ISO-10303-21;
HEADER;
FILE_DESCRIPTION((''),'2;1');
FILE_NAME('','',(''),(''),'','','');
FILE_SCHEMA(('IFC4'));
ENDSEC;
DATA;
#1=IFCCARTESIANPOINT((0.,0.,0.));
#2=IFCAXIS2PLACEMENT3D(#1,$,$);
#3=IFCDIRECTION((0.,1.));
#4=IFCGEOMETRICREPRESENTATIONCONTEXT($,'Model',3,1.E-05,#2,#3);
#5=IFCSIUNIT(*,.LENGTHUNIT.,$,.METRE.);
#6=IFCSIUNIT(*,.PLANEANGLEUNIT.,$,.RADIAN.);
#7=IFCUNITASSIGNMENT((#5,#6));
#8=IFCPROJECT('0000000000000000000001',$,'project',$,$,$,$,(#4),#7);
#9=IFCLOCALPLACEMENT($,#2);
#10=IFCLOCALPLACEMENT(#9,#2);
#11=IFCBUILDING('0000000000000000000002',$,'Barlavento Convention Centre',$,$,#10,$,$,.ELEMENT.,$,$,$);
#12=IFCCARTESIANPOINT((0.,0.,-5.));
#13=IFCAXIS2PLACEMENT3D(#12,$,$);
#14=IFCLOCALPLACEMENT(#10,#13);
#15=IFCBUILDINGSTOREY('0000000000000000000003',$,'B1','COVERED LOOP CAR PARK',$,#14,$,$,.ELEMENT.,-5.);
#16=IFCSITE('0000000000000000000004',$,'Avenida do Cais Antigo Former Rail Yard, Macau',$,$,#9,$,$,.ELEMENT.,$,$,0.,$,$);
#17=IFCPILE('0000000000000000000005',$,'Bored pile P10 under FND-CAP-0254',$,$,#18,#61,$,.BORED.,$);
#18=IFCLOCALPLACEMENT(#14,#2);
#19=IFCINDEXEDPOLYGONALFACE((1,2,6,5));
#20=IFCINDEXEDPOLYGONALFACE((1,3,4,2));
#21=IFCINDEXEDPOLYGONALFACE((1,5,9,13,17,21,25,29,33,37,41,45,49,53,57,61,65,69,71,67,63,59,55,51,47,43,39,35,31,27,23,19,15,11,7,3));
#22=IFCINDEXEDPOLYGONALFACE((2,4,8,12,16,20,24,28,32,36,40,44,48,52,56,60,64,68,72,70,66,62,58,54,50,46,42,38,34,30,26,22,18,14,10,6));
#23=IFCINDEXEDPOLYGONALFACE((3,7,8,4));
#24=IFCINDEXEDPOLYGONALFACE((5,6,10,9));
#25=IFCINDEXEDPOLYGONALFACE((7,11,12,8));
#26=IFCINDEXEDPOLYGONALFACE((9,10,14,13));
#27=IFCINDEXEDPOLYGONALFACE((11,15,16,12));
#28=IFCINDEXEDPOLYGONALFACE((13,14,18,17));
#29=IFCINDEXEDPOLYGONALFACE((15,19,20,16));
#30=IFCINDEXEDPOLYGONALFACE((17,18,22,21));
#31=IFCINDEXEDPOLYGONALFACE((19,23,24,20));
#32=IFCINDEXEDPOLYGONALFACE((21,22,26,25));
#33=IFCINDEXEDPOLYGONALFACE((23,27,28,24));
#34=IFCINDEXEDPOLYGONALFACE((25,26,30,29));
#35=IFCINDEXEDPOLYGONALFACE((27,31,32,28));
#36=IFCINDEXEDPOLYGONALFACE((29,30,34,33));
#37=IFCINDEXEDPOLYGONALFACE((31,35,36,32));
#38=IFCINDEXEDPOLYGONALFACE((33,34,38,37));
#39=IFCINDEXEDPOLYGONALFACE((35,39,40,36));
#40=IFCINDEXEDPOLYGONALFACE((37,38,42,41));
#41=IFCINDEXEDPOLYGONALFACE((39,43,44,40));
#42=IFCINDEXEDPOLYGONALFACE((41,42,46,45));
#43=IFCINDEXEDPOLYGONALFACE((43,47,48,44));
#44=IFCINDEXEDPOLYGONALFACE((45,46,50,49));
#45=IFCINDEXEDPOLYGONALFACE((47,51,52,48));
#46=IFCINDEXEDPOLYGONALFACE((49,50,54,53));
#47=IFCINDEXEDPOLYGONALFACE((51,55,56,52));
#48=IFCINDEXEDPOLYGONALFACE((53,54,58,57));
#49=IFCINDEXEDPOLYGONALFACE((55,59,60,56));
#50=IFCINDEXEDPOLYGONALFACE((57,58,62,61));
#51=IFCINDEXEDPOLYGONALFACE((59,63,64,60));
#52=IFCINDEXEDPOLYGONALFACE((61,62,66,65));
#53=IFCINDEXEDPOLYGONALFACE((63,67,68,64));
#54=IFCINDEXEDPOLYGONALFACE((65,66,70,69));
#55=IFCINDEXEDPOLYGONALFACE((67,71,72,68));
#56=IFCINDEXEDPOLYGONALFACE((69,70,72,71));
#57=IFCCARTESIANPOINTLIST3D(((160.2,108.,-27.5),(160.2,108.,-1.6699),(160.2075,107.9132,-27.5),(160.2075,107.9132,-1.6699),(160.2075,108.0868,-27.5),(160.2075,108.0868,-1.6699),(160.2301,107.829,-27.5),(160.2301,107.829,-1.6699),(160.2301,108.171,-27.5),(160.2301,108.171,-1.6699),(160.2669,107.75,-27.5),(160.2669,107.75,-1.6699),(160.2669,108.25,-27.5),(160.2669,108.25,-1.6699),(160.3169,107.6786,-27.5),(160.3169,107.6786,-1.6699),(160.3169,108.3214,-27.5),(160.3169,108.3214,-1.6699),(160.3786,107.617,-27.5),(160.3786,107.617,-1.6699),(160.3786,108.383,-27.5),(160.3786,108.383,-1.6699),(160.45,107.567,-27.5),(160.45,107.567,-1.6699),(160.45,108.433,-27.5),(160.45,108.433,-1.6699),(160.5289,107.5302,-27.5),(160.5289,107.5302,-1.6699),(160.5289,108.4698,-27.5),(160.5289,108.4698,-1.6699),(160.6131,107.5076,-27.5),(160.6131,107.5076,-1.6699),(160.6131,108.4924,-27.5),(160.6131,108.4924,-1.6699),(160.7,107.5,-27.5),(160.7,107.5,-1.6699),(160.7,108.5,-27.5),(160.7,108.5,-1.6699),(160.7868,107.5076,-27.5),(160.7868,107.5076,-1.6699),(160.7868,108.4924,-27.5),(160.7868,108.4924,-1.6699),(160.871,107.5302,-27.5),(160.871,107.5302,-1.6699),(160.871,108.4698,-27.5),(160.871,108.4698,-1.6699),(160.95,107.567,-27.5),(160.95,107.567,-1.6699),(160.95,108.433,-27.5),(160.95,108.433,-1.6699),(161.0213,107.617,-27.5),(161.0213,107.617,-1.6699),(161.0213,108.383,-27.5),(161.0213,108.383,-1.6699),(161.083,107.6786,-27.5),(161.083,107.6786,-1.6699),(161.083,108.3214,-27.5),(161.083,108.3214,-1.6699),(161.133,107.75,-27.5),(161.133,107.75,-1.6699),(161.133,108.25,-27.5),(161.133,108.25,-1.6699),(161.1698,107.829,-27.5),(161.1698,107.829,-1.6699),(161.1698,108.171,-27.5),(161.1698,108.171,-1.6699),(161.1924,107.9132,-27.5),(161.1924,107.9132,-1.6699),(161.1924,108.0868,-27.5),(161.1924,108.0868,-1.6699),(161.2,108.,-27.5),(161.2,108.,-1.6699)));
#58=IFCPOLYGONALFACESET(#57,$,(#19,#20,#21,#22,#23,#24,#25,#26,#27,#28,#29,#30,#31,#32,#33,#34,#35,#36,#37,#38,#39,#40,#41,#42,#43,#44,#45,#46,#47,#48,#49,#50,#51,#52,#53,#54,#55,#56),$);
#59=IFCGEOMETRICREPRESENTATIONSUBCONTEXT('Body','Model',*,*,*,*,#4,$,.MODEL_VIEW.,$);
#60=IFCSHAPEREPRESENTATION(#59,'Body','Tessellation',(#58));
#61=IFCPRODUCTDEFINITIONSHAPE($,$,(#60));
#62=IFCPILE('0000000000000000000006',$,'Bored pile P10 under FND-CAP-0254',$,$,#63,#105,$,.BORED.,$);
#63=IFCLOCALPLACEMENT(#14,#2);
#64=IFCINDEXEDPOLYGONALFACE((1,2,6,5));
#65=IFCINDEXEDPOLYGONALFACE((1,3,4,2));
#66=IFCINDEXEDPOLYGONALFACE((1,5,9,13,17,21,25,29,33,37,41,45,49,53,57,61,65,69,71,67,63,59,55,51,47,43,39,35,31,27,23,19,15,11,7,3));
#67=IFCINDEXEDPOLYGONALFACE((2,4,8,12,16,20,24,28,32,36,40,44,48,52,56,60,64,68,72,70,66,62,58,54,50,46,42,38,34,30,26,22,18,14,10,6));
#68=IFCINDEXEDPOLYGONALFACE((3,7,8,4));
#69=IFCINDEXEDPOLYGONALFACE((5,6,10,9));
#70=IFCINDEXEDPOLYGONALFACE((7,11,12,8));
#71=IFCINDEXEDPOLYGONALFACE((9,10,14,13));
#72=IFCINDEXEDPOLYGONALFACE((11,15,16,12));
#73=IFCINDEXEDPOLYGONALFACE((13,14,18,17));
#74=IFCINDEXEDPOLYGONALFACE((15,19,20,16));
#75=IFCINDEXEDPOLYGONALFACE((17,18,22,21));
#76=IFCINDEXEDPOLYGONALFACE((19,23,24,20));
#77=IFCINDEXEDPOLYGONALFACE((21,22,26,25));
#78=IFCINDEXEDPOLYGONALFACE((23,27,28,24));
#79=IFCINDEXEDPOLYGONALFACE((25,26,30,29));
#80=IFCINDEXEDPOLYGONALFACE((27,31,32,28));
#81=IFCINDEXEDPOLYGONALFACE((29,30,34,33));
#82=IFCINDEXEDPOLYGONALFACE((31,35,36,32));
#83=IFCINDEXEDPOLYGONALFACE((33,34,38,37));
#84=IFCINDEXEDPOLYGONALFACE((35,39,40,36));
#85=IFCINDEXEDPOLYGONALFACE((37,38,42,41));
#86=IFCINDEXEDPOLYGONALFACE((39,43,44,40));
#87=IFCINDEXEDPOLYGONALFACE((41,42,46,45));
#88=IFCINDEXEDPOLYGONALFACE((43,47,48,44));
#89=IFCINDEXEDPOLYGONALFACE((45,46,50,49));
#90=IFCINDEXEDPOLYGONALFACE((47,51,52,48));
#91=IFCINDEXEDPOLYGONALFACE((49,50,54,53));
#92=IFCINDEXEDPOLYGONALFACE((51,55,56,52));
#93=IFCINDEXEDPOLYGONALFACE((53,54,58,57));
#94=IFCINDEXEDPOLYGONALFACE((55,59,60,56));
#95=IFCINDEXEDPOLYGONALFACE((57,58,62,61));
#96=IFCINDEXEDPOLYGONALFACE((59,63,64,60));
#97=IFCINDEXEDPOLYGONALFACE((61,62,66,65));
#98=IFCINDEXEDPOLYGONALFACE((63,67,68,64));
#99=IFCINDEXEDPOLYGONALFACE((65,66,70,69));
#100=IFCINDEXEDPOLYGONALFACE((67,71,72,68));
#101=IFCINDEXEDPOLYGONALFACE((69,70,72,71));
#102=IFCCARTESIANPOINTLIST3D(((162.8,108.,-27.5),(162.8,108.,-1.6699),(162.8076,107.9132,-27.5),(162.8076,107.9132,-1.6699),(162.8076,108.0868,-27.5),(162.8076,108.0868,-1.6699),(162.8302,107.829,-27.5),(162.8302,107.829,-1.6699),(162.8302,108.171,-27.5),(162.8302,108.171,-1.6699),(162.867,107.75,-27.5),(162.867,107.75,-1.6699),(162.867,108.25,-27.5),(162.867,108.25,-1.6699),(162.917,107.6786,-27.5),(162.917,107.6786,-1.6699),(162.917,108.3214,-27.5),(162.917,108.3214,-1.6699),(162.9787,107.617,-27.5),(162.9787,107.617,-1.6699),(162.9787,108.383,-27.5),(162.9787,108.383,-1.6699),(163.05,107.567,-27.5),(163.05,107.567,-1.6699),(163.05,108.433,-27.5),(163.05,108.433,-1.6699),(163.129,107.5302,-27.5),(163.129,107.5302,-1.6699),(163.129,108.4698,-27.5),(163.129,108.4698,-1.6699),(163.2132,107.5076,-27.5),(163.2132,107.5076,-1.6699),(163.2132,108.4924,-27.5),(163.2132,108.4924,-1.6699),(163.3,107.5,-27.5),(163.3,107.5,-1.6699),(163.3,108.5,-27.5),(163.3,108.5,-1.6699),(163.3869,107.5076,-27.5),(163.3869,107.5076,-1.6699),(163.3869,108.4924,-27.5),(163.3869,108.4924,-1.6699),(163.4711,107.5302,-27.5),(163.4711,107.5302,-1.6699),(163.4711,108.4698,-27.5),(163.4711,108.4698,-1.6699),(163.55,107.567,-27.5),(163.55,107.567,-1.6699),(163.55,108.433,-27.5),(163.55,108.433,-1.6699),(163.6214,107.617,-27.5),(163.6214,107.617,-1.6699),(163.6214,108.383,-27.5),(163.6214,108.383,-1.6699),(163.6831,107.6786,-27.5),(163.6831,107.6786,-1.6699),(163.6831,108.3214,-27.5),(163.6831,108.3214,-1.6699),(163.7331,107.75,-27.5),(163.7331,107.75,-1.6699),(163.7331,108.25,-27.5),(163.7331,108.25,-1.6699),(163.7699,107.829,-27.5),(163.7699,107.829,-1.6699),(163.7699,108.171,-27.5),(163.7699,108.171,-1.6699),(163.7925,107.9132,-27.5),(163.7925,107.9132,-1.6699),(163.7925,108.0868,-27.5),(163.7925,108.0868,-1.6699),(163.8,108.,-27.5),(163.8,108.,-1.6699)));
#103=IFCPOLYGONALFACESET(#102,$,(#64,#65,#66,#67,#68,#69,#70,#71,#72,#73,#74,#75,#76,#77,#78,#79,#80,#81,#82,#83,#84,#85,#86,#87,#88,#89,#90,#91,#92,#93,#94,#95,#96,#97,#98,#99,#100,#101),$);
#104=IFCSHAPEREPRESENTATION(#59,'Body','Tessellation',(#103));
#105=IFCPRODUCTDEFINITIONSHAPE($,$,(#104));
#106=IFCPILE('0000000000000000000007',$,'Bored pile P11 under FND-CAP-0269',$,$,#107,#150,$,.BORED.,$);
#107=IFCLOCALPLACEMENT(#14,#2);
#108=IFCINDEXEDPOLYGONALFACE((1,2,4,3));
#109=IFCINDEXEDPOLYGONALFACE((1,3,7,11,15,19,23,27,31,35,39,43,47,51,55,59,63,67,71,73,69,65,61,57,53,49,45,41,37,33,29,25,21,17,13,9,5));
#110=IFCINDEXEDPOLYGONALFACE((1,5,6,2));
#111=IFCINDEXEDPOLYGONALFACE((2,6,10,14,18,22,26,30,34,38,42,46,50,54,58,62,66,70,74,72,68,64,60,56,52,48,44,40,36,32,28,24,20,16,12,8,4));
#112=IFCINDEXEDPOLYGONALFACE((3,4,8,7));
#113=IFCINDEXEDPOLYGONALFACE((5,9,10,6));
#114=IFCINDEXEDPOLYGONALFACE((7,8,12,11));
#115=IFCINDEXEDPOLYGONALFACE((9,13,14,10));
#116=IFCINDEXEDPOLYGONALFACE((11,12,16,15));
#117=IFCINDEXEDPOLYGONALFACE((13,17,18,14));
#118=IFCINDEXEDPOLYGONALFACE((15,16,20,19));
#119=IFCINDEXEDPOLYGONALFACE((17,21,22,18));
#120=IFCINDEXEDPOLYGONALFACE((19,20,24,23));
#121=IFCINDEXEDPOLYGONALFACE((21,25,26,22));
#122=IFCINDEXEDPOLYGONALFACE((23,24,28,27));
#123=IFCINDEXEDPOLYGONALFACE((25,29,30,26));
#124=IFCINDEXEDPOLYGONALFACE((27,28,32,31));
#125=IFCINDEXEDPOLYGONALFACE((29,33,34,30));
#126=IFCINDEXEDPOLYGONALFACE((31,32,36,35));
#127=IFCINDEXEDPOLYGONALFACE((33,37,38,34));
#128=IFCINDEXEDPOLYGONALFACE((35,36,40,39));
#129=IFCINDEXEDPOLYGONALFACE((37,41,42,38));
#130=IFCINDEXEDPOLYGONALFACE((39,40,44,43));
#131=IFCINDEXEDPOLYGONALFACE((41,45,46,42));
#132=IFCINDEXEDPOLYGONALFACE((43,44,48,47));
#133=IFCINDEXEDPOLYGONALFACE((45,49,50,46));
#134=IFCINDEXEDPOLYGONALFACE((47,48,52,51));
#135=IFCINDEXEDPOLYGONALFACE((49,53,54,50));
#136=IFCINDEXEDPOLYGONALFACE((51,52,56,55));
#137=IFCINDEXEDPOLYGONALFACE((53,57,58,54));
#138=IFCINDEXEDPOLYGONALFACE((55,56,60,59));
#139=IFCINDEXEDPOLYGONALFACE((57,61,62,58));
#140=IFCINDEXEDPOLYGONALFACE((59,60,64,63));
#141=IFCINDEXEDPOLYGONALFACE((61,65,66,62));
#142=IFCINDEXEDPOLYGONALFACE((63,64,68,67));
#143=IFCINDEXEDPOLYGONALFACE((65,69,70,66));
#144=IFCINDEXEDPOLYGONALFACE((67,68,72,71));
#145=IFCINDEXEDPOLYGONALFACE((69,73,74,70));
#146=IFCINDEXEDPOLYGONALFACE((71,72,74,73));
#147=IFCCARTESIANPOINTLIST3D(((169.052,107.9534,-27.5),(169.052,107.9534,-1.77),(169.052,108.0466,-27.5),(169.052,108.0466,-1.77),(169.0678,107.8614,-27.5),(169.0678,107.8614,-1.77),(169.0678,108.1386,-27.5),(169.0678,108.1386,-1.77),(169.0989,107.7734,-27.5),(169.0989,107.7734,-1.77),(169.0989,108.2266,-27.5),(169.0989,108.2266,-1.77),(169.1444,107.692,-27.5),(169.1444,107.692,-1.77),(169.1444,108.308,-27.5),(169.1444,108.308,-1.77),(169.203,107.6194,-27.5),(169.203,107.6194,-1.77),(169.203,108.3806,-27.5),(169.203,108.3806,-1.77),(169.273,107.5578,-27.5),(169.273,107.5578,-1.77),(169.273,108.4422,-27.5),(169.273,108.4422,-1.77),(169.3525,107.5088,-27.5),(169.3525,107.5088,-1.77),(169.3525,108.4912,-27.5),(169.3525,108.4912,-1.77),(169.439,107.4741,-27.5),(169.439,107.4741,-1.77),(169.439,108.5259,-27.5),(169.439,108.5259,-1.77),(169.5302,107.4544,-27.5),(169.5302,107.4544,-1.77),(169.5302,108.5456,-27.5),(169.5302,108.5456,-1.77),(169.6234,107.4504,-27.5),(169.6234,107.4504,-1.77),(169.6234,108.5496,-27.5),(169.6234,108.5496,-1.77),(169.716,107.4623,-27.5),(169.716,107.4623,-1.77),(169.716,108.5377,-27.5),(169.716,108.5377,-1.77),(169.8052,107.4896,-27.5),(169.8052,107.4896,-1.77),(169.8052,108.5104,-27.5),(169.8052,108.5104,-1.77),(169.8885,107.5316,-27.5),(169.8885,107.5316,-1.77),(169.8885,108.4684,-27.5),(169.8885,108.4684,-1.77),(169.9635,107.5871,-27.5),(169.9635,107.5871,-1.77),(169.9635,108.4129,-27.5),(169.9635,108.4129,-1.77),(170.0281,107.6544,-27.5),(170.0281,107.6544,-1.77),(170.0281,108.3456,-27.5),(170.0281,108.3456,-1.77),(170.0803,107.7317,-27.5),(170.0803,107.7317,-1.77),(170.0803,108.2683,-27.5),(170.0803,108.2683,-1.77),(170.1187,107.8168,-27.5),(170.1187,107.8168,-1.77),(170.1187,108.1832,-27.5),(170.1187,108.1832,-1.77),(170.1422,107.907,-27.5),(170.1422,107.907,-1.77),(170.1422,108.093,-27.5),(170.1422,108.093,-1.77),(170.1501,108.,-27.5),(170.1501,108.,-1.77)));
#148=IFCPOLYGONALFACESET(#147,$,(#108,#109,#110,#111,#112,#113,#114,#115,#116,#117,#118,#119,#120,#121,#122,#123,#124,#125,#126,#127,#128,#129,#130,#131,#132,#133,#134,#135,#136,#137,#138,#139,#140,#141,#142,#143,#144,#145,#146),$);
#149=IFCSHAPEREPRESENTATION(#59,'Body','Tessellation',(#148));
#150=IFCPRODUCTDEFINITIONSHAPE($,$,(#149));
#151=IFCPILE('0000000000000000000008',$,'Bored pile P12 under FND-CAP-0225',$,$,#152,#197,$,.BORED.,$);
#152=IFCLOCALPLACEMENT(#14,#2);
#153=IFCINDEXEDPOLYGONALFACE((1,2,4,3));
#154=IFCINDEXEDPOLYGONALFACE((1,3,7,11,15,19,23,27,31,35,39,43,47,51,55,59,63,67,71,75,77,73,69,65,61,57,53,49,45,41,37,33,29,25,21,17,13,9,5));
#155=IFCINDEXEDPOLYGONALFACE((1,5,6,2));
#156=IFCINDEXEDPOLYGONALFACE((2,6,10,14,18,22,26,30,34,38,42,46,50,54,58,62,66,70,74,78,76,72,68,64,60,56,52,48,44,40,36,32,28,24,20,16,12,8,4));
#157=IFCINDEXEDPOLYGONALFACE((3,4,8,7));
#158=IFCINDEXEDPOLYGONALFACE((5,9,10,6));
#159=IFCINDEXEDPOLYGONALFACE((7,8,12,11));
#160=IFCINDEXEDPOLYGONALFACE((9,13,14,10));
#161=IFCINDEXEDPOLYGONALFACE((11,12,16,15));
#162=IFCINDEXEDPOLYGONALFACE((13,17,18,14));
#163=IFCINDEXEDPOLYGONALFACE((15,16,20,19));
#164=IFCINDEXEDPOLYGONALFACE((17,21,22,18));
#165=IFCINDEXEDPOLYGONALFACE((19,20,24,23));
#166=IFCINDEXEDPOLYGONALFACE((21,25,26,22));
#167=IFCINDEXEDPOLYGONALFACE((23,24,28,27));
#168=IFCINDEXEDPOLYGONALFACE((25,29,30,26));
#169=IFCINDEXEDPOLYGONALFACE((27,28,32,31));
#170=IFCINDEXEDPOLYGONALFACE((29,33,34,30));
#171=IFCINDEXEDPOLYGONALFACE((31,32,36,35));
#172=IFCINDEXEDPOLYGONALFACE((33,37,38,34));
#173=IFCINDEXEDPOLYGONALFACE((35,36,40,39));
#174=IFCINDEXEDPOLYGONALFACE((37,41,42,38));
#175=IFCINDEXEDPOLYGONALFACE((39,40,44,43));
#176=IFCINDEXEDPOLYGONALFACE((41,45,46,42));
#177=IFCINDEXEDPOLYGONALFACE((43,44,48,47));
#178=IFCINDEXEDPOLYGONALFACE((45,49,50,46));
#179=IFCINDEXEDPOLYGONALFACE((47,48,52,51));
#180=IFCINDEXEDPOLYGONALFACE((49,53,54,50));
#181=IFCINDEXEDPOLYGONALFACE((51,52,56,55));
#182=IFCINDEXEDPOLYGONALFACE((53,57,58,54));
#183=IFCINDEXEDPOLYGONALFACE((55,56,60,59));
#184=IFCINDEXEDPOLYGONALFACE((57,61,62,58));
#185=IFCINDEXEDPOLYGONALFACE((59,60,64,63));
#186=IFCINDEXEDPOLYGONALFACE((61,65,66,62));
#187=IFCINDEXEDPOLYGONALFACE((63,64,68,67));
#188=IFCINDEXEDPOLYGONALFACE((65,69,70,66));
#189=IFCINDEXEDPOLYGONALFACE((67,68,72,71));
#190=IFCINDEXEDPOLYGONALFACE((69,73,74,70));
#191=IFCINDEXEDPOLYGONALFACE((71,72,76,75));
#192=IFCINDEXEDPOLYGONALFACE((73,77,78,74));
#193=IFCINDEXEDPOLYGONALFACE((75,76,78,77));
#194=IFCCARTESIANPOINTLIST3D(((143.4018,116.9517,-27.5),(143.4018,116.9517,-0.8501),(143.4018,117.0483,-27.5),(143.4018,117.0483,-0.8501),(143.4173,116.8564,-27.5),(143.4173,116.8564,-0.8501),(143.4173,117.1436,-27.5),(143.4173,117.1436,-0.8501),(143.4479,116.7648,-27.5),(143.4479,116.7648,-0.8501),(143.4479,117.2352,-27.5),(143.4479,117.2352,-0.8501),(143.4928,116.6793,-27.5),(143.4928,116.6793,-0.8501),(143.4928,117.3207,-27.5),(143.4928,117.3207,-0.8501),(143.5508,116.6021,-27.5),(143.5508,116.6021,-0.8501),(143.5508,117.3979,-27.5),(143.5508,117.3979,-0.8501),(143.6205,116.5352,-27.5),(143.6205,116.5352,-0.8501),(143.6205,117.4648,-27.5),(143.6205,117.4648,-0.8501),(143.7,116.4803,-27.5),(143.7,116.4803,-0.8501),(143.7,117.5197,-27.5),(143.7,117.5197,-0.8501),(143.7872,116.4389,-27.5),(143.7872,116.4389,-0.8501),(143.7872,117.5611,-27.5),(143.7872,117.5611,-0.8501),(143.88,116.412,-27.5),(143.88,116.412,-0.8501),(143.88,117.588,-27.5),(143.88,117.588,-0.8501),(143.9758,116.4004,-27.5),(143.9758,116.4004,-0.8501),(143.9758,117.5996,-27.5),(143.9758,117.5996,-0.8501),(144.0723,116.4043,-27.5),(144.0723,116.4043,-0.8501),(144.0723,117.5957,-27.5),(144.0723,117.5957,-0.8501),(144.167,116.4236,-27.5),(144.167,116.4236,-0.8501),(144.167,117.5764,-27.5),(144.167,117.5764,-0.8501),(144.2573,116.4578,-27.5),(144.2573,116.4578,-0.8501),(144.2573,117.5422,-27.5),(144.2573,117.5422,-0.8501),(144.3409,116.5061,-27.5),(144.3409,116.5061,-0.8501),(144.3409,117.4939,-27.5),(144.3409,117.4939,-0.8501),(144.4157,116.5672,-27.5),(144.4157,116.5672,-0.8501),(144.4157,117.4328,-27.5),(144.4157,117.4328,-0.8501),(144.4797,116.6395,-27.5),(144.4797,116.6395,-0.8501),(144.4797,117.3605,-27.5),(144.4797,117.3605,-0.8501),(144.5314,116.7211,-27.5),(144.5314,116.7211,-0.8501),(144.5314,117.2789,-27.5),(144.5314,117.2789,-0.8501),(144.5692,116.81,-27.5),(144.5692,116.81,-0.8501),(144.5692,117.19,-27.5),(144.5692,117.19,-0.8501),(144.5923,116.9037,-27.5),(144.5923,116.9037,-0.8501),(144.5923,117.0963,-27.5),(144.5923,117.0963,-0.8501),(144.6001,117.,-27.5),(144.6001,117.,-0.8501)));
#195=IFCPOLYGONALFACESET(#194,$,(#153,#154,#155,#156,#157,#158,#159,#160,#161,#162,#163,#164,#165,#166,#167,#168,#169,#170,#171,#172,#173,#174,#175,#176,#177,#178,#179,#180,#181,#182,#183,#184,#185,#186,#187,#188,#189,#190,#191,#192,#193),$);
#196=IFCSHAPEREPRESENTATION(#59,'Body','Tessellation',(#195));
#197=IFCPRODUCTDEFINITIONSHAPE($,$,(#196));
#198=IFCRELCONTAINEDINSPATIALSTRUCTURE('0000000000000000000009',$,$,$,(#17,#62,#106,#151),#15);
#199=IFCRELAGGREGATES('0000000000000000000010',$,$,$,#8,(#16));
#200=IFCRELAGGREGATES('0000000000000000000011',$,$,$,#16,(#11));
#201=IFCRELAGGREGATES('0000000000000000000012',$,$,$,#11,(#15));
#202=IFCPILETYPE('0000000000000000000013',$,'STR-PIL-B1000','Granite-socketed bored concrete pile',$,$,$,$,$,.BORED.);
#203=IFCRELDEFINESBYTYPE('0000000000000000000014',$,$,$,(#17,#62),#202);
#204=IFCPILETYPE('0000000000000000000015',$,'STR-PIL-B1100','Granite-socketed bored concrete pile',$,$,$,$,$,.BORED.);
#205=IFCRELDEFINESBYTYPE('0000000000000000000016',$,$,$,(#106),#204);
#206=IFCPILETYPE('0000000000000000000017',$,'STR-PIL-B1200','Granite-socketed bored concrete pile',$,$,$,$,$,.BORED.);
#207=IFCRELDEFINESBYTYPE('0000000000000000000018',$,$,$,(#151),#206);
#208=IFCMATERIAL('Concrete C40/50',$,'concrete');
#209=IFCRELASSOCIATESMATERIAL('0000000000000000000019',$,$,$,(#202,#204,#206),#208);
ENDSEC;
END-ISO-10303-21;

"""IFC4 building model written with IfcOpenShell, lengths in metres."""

from ifc_helpers import new_model, si_unit, direction, frame, origin, origin_2d, place, context, subcontext, project, spatial, circle, extrude, material, material_profile, profile_set, type_object, element, save


model = new_model("IFC4")

# Units and contexts
model_context = context("Model", 3, precision=1e-05, world=origin(), true_north=direction((0.0, 1.0)))
body_context = subcontext(model_context, "Body", "Model", "MODEL_VIEW")
ifc_project = project(units=[si_unit("LENGTHUNIT", "METRE"), si_unit("PLANEANGLEUNIT", "RADIAN")], contexts=[model_context])

# Site, building, storey
site_placement = place(None, origin())
site = spatial("IfcSite", under=ifc_project, at=site_placement, Name="Avenida do Cais Antigo Former Rail Yard, Macau", CompositionType="ELEMENT", RefElevation=0.0)
building_placement = place(site_placement, origin())
building = spatial("IfcBuilding", under=site, at=building_placement, Name="Barlavento Convention Centre", CompositionType="ELEMENT")
storey_placement = place(building_placement, frame((0.0, 0.0, -5.0)))
storey = spatial("IfcBuildingStorey", under=building, at=storey_placement, Name="B1", Description="COVERED LOOP CAR PARK", CompositionType="ELEMENT", Elevation=-5.0)

# Shared definitions
ifc_material_1 = material(Name="Concrete C40/50", Category="concrete")

# Piles
ifc_material_profile_1 = material_profile(ifc_material_1, circle(Radius=0.5, at=origin_2d()), Name="BORED PILE 1000")
ifc_profile_set_1 = profile_set([ifc_material_profile_1], Name="Concrete C40/50")
pile_type_1 = type_object("IfcPileType", Name="STR-PIL-B1000", Description="Granite-socketed bored concrete pile", PredefinedType="BORED", material=ifc_profile_set_1)
for number, where, z_axis, x_axis, name in (
    (1, (160.7, 108.0, -1.6699), (0.0, 0.0, -1.0), (1.0, 0.0, 0.0), "Bored pile P10 under FND-CAP-0254"),
    (2, (163.3, 108.0, -1.6699), (0.0, 0.0, -1.0), (1.0, 0.0, 0.0), "Bored pile P10 under FND-CAP-0254"),
):
    element("IfcPile", number, at=place(storey_placement, frame(where, z_axis=z_axis, x_axis=x_axis)), inside=storey, type_object=pile_type_1, Name=name, PredefinedType="BORED", context=body_context, shape_type="SweptSolid", body=[
        extrude(circle(Radius=0.5, at=origin_2d()), origin(), (0.0, 0.0, 1.0), 25.8301),
    ])
ifc_material_profile_2 = material_profile(ifc_material_1, circle(Radius=0.55, at=origin_2d()), Name="BORED PILE 1100")
ifc_profile_set_2 = profile_set([ifc_material_profile_2], Name="Concrete C40/50")
pile_type_2 = type_object("IfcPileType", Name="STR-PIL-B1100", Description="Granite-socketed bored concrete pile", PredefinedType="BORED", material=ifc_profile_set_2)
pile_1_placement = place(storey_placement, frame((169.6001, 108.0, -1.77), z_axis=(0.0, 0.0, -1.0), x_axis=(1.0, 0.0, 0.0)))
element("IfcPile", 3, at=pile_1_placement, inside=storey, type_object=pile_type_2, Name="Bored pile P11 under FND-CAP-0269", PredefinedType="BORED", context=body_context, shape_type="SweptSolid", body=[
    extrude(circle(Radius=0.55, at=origin_2d()), origin(), (0.0, 0.0, 1.0), 25.73),
])
ifc_material_profile_3 = material_profile(ifc_material_1, circle(Radius=0.6001, at=origin_2d()), Name="BORED PILE 1200")
ifc_profile_set_3 = profile_set([ifc_material_profile_3], Name="Concrete C40/50")
pile_type_3 = type_object("IfcPileType", Name="STR-PIL-B1200", Description="Granite-socketed bored concrete pile", PredefinedType="BORED", material=ifc_profile_set_3)
for number, where, z_axis, x_axis, name in (
    (4, (144.0, 117.0, -0.8501), (0.0, 0.0, -1.0), (1.0, 0.0, 0.0), "Bored pile P12 under FND-CAP-0225"),
):
    element("IfcPile", number, at=place(storey_placement, frame(where, z_axis=z_axis, x_axis=x_axis)), inside=storey, type_object=pile_type_3, Name=name, PredefinedType="BORED", context=body_context, shape_type="SweptSolid", body=[
        extrude(circle(Radius=0.6001, at=origin_2d()), origin(), (0.0, 0.0, 1.0), 26.6499),
    ])

save(model, "model.ifc")
